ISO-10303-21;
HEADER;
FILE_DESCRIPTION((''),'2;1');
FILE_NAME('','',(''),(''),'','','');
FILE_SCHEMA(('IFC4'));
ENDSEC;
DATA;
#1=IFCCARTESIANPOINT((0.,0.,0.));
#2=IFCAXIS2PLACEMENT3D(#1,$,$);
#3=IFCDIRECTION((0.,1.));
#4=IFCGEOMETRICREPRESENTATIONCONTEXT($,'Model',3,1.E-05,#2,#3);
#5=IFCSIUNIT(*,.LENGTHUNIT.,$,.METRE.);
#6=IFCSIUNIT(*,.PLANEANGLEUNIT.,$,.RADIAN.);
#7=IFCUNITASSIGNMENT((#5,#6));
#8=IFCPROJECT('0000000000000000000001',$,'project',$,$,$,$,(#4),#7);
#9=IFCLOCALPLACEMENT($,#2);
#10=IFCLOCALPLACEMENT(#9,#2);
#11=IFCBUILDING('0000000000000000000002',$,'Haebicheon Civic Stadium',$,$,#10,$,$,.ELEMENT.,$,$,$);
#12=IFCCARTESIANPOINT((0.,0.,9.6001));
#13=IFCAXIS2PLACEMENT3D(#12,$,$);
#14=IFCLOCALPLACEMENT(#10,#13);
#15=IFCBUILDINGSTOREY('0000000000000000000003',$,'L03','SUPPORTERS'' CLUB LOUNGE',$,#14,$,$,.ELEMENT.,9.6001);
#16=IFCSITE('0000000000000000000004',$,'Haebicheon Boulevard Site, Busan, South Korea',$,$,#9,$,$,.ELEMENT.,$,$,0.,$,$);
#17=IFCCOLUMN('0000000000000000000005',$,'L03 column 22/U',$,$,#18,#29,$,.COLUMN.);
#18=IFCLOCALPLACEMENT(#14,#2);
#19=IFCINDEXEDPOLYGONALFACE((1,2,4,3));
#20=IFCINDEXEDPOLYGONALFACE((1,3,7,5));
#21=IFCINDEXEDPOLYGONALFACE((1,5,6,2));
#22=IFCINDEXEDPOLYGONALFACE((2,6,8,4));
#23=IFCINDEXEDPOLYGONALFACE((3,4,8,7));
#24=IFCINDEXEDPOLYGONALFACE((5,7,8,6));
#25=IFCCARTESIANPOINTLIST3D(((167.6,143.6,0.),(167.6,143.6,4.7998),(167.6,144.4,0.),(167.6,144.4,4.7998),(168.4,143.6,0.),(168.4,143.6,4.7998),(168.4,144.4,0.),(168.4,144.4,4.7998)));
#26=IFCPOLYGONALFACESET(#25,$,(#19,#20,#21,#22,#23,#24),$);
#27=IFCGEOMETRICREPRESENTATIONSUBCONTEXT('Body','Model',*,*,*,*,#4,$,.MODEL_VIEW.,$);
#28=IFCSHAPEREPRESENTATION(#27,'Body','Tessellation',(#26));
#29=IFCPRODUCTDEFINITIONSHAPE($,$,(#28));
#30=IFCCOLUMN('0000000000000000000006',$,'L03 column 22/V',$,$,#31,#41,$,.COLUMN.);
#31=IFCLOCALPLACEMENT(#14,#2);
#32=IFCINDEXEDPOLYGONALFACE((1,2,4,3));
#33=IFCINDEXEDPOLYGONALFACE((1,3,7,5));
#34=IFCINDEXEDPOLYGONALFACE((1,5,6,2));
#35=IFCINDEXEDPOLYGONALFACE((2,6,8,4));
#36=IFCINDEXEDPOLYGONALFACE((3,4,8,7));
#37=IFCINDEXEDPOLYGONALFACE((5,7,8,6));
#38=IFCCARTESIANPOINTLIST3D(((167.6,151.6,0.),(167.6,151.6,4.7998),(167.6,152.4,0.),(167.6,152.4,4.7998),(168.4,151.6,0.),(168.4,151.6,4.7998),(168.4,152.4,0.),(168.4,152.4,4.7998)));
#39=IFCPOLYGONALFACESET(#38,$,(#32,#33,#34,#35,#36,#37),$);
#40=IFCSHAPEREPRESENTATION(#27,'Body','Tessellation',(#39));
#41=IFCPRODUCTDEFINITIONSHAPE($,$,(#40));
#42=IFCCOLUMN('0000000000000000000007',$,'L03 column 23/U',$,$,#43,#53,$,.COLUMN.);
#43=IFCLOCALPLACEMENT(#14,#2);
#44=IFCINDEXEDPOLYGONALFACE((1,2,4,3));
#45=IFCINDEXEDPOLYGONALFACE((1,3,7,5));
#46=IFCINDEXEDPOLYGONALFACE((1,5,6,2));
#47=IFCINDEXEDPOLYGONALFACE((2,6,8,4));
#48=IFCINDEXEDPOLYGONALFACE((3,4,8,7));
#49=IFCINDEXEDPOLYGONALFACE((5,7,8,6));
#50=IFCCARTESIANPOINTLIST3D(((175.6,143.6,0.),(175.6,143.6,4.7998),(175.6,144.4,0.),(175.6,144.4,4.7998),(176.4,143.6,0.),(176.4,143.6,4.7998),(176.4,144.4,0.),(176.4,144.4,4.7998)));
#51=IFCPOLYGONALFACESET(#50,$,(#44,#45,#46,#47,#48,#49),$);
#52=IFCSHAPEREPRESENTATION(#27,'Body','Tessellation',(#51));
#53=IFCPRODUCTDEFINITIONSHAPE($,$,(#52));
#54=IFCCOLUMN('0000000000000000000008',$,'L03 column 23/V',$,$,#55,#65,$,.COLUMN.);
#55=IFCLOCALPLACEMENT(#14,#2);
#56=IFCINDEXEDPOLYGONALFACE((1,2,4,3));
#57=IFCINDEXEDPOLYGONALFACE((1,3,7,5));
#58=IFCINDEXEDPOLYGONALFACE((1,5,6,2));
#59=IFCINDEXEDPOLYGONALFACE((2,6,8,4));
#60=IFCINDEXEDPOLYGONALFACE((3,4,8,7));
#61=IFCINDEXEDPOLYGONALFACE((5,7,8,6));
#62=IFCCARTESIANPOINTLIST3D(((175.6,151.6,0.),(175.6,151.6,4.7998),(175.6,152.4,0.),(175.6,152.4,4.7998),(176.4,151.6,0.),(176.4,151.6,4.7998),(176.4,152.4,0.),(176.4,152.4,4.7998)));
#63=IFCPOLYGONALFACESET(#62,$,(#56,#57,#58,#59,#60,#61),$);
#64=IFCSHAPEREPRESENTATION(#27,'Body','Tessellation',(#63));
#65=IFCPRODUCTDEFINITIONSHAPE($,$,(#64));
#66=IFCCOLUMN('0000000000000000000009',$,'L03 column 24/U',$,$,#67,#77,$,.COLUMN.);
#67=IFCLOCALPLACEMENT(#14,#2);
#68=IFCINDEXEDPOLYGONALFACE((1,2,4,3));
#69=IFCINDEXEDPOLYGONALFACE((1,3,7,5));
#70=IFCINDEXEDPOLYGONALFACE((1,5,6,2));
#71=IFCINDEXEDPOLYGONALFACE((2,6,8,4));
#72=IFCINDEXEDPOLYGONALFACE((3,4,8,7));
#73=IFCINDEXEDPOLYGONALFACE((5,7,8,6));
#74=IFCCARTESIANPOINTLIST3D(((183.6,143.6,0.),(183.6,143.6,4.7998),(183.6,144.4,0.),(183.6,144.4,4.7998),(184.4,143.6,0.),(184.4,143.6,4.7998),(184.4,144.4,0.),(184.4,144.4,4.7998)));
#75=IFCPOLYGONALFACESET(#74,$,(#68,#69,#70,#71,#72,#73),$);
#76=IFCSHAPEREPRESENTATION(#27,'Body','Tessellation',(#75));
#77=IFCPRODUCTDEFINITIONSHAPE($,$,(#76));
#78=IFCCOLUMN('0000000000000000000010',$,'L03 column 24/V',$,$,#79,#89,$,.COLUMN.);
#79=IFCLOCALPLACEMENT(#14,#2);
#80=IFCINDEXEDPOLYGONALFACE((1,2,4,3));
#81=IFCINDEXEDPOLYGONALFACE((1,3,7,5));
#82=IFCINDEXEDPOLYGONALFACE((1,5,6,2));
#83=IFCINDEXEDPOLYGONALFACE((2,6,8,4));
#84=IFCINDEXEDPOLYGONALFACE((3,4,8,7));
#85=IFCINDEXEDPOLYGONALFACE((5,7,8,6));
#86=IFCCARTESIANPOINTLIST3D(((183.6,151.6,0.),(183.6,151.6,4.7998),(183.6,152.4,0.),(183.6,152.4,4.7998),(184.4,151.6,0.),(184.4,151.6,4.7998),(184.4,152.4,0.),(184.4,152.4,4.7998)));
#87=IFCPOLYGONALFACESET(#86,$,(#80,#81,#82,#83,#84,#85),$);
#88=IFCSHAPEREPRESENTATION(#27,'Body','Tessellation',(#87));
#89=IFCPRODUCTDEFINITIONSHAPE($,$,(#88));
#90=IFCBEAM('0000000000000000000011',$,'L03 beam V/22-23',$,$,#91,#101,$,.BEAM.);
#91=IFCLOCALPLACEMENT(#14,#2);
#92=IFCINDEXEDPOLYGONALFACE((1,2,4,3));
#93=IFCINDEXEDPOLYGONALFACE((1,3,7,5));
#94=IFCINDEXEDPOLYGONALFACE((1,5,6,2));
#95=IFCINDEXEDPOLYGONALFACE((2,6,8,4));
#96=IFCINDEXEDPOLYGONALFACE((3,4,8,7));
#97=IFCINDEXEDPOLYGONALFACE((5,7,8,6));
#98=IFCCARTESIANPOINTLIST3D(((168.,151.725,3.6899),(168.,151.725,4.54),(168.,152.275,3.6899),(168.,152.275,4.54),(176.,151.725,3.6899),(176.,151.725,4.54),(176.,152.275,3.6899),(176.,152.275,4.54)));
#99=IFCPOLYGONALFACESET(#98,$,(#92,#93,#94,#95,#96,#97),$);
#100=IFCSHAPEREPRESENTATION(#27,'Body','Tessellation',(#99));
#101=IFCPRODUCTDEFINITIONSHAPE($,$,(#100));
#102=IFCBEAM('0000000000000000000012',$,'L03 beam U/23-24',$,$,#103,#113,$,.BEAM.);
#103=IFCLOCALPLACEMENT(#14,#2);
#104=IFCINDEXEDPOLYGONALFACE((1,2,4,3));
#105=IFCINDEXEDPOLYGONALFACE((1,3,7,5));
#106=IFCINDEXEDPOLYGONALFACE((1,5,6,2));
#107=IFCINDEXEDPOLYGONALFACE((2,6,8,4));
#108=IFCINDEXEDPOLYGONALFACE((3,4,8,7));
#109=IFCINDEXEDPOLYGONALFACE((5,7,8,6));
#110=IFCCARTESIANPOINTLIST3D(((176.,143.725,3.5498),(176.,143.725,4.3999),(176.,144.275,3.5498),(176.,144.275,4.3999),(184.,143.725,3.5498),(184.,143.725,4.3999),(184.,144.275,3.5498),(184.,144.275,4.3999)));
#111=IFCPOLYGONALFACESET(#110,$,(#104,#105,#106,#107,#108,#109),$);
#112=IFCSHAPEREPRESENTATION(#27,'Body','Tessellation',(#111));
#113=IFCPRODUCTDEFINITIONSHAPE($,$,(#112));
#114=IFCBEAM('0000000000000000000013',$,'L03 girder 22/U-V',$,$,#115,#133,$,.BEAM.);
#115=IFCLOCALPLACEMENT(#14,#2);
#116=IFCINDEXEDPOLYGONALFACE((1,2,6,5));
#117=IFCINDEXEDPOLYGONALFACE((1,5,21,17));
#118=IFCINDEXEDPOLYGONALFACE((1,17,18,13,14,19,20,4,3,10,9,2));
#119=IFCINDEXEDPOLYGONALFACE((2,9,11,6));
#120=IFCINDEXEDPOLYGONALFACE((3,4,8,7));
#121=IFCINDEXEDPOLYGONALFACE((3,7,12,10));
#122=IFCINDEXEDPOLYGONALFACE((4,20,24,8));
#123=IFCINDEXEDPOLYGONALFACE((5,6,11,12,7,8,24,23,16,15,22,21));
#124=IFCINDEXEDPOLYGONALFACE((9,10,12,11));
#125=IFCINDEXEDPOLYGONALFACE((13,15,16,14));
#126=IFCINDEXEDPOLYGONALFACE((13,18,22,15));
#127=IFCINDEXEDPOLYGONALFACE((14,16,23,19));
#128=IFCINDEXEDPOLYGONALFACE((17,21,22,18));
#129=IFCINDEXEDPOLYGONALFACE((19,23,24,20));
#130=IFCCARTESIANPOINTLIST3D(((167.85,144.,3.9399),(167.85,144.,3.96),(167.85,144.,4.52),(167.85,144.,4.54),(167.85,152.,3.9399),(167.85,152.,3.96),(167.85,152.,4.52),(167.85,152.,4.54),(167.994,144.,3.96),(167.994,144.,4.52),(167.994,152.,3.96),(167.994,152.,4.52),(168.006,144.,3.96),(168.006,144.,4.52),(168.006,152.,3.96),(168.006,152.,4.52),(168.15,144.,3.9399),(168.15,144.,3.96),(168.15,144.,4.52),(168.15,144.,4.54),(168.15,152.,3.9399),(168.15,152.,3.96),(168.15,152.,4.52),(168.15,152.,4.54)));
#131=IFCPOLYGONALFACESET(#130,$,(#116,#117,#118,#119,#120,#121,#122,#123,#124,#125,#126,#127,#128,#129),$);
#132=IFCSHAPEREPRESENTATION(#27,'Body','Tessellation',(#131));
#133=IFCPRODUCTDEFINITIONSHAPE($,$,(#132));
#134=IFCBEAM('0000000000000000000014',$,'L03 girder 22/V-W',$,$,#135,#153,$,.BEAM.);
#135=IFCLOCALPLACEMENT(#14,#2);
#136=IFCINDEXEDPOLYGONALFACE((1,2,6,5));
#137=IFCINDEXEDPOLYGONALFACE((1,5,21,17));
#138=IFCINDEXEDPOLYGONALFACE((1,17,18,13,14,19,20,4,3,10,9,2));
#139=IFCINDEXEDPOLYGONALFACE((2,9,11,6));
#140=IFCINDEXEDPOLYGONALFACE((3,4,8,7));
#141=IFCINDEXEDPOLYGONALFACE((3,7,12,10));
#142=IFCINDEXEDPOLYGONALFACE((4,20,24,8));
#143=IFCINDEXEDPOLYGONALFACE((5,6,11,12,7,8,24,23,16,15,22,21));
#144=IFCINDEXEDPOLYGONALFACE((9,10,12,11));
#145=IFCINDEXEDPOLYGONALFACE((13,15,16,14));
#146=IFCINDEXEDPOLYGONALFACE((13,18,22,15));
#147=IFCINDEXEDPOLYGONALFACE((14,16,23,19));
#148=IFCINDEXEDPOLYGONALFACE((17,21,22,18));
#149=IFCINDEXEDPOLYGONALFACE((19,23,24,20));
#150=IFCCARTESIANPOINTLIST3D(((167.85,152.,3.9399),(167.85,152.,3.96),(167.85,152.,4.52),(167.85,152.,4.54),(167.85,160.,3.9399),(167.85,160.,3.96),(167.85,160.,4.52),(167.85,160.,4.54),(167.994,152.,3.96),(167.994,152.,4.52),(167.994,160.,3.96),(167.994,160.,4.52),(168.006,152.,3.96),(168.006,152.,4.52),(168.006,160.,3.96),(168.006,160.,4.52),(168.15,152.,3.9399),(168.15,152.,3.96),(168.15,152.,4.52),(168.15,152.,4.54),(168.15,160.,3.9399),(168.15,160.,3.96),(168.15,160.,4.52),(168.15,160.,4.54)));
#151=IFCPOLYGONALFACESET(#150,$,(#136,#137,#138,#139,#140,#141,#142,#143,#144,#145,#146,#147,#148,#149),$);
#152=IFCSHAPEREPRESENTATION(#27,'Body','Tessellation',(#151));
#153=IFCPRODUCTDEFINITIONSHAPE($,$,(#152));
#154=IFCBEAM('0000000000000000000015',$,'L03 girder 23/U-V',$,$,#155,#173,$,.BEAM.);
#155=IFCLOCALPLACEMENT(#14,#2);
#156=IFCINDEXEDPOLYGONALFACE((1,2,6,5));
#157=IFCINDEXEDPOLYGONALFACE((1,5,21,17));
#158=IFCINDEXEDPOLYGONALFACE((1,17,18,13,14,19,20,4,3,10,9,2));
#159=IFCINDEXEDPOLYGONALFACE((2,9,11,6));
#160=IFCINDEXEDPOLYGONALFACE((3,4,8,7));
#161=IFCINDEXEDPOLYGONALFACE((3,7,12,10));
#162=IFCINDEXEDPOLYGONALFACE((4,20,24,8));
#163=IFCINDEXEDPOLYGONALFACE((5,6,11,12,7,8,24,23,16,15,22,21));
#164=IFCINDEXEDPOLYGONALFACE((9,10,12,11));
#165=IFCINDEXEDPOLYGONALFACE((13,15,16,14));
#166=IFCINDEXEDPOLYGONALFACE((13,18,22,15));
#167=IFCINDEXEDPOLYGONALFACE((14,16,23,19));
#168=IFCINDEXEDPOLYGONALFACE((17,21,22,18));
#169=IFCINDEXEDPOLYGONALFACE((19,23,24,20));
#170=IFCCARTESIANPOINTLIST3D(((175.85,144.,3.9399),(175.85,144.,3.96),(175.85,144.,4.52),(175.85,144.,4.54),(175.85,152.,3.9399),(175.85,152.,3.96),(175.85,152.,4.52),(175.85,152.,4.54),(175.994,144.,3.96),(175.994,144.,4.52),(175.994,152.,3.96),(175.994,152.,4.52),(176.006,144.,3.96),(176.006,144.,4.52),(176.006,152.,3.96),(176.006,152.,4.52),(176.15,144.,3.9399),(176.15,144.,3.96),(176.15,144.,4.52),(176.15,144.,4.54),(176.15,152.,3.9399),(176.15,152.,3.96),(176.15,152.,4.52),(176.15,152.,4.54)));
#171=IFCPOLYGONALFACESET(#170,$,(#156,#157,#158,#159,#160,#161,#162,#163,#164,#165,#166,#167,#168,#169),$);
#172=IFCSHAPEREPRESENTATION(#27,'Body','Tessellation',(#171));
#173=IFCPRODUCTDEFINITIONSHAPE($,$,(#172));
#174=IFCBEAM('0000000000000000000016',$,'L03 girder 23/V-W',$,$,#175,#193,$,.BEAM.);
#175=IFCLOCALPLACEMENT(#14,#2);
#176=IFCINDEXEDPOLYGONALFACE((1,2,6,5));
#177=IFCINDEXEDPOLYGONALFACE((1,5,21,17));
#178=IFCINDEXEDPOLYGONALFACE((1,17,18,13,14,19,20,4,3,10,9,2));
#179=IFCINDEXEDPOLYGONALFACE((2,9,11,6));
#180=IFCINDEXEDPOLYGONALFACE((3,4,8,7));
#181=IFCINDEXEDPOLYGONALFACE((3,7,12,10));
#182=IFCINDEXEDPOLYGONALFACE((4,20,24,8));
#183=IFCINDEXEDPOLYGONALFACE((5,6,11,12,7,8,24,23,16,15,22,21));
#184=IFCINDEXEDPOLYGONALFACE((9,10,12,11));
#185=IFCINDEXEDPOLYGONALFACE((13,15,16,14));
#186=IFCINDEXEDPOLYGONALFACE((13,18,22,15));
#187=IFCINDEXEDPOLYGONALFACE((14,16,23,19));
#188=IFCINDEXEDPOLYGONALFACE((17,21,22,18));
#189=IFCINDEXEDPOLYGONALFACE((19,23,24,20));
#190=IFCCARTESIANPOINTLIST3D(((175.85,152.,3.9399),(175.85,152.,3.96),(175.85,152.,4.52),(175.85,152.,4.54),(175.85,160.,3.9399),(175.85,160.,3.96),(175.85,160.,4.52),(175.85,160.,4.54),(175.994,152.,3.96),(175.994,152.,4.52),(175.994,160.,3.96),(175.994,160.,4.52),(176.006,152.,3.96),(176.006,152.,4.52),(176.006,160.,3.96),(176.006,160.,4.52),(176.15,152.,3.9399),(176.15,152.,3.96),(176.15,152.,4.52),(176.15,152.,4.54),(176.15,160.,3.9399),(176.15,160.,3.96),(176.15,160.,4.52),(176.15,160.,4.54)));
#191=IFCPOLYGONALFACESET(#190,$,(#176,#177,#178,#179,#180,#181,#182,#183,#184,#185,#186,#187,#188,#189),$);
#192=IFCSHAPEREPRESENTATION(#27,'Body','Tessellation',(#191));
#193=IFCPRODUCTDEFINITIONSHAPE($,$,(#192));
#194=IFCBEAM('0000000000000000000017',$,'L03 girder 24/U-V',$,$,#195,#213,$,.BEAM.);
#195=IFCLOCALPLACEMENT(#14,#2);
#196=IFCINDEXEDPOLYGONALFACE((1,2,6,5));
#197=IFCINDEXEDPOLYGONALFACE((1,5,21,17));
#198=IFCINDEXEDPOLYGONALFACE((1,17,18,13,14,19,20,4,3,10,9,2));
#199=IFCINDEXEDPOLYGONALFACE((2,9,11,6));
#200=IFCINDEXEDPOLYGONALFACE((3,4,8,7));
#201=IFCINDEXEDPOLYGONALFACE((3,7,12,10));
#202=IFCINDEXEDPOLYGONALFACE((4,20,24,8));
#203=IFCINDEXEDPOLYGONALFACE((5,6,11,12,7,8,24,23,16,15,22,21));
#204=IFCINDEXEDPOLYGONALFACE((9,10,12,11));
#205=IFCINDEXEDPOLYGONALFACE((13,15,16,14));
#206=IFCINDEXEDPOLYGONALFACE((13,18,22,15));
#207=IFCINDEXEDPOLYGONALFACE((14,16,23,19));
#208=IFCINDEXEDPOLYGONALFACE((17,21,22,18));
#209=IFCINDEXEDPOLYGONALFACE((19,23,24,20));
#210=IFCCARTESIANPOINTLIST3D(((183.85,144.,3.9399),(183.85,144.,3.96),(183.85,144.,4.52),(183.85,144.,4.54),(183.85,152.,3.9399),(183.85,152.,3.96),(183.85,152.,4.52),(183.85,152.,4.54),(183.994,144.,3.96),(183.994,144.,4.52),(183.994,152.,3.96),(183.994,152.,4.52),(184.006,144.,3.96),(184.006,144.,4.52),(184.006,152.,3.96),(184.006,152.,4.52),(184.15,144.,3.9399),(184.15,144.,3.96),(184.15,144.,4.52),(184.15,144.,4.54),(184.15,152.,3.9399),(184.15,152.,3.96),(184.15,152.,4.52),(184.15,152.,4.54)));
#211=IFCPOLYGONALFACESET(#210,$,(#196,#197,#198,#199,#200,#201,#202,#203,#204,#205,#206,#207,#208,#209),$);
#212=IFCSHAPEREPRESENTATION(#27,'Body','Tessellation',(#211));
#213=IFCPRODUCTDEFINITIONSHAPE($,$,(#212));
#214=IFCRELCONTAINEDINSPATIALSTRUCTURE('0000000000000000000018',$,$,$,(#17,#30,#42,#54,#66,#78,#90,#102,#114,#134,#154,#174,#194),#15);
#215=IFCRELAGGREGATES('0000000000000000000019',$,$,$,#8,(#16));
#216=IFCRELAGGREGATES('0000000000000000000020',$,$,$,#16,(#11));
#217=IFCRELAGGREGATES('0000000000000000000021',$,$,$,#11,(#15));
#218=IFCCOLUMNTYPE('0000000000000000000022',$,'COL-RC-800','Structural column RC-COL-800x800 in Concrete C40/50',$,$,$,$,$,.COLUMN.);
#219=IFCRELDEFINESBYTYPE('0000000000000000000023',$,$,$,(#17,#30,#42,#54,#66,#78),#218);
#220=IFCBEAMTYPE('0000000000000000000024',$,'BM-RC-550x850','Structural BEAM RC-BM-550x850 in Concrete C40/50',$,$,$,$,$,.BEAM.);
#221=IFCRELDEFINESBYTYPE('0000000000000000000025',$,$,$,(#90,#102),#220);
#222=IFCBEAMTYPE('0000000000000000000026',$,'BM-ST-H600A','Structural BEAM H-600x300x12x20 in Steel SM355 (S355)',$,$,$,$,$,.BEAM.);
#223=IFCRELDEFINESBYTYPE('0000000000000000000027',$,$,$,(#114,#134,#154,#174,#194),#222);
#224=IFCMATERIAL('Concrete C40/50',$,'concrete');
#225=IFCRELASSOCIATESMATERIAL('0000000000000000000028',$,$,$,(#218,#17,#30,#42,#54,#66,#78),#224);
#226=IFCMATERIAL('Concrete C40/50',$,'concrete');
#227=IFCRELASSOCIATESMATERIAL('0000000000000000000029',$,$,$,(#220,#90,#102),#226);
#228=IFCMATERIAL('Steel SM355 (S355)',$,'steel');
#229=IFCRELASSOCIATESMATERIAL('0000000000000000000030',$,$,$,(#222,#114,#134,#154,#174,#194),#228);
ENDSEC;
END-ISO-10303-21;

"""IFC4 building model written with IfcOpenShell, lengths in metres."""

from ifc_helpers import new_model, si_unit, direction, frame, origin, origin_2d, place, context, subcontext, project, spatial, rectangle, i_section, extrude, material, material_profile, profile_set, type_object, element, save


model = new_model("IFC4")

# Units and contexts
model_context = context("Model", 3, precision=1e-05, world=origin(), true_north=direction((0.0, 1.0)))
body_context = subcontext(model_context, "Body", "Model", "MODEL_VIEW")
ifc_project = project(units=[si_unit("LENGTHUNIT", "METRE"), si_unit("PLANEANGLEUNIT", "RADIAN")], contexts=[model_context])

# Site, building, storey
site_placement = place(None, origin())
site = spatial("IfcSite", under=ifc_project, at=site_placement, Name="Haebicheon Boulevard Site, Busan, South Korea", CompositionType="ELEMENT", RefElevation=0.0)
building_placement = place(site_placement, origin())
building = spatial("IfcBuilding", under=site, at=building_placement, Name="Haebicheon Civic Stadium", CompositionType="ELEMENT")
storey_placement = place(building_placement, frame((0.0, 0.0, 9.6001)))
storey = spatial("IfcBuildingStorey", under=building, at=storey_placement, Name="L03", Description="SUPPORTERS' CLUB LOUNGE", CompositionType="ELEMENT", Elevation=9.6001)

# Columns
ifc_material_1 = material(Name="Concrete C40/50", Category="concrete")
ifc_material_profile_1 = material_profile(ifc_material_1, rectangle(XDim=0.8, YDim=0.8, at=origin_2d()), Name="RC-COL-800x800")
ifc_profile_set_1 = profile_set([ifc_material_profile_1], Name="Concrete C40/50")
column_type = type_object("IfcColumnType", Name="COL-RC-800", Description="Structural column RC-COL-800x800 in Concrete C40/50", PredefinedType="COLUMN", material=ifc_profile_set_1)
for number, where, z_axis, x_axis, name in (
    (1, (168.0, 144.0, 0.0), (0.0, 0.0, 1.0), (1.0, 0.0, 0.0), "L03 column 22/U"),
    (2, (168.0, 152.0, 0.0), (0.0, 0.0, 1.0), (1.0, 0.0, 0.0), "L03 column 22/V"),
    (3, (176.0, 144.0, 0.0), (0.0, 0.0, 1.0), (1.0, 0.0, 0.0), "L03 column 23/U"),
    (4, (176.0, 152.0, 0.0), (0.0, 0.0, 1.0), (1.0, 0.0, 0.0), "L03 column 23/V"),
    (5, (184.0, 144.0, 0.0), (0.0, 0.0, 1.0), (1.0, 0.0, 0.0), "L03 column 24/U"),
    (6, (184.0, 152.0, 0.0), (0.0, 0.0, 1.0), (1.0, 0.0, 0.0), "L03 column 24/V"),
):
    element("IfcColumn", number, at=place(storey_placement, frame(where, z_axis=z_axis, x_axis=x_axis)), inside=storey, type_object=column_type, material=ifc_profile_set_1, Name=name, PredefinedType="COLUMN", context=body_context, shape_type="SweptSolid", body=[
        extrude(rectangle(XDim=0.8, YDim=0.8, at=origin_2d()), origin(), (0.0, 0.0, 1.0), 4.7998),
    ])

# Beams
ifc_material_2 = material(Name="Concrete C40/50", Category="concrete")
ifc_material_profile_2 = material_profile(ifc_material_2, rectangle(XDim=0.55, YDim=0.8501, at=origin_2d()), Name="RC-BM-550x850")
ifc_profile_set_2 = profile_set([ifc_material_profile_2], Name="Concrete C40/50")
beam_type_1 = type_object("IfcBeamType", Name="BM-RC-550x850", Description="Structural BEAM RC-BM-550x850 in Concrete C40/50", PredefinedType="BEAM", material=ifc_profile_set_2)
for number, where, z_axis, x_axis, name in (
    (7, (168.0, 152.0, 4.115), (1.0, 0.0, 0.0), (0.0, 1.0, 0.0), "L03 beam V/22-23"),
    (8, (176.0, 144.0, 3.9749), (1.0, 0.0, 0.0), (0.0, 1.0, 0.0), "L03 beam U/23-24"),
):
    element("IfcBeam", number, at=place(storey_placement, frame(where, z_axis=z_axis, x_axis=x_axis)), inside=storey, type_object=beam_type_1, material=ifc_profile_set_2, Name=name, PredefinedType="BEAM", context=body_context, shape_type="SweptSolid", body=[
        extrude(rectangle(XDim=0.55, YDim=0.8501, at=origin_2d()), origin(), (0.0, 0.0, 1.0), 8.0),
    ])
ifc_material_3 = material(Name="Steel SM355 (S355)", Category="steel")
ifc_material_profile_3 = material_profile(ifc_material_3, i_section(OverallWidth=0.3, OverallDepth=0.6001, WebThickness=0.012, FlangeThickness=0.02, at=origin_2d()), Name="H-600x300x12x20")
ifc_profile_set_3 = profile_set([ifc_material_profile_3], Name="Steel SM355 (S355)")
beam_type_2 = type_object("IfcBeamType", Name="BM-ST-H600A", Description="Structural BEAM H-600x300x12x20 in Steel SM355 (S355)", PredefinedType="BEAM", material=ifc_profile_set_3)
for number, where, z_axis, x_axis, name in (
    (9, (168.0, 144.0, 4.24), (0.0, 1.0, 0.0), (-1.0, 0.0, 0.0), "L03 girder 22/U-V"),
    (10, (168.0, 152.0, 4.24), (0.0, 1.0, 0.0), (-1.0, 0.0, 0.0), "L03 girder 22/V-W"),
    (11, (176.0, 144.0, 4.24), (0.0, 1.0, 0.0), (-1.0, 0.0, 0.0), "L03 girder 23/U-V"),
    (12, (176.0, 152.0, 4.24), (0.0, 1.0, 0.0), (-1.0, 0.0, 0.0), "L03 girder 23/V-W"),
    (13, (184.0, 144.0, 4.24), (0.0, 1.0, 0.0), (-1.0, 0.0, 0.0), "L03 girder 24/U-V"),
):
    element("IfcBeam", number, at=place(storey_placement, frame(where, z_axis=z_axis, x_axis=x_axis)), inside=storey, type_object=beam_type_2, material=ifc_profile_set_3, Name=name, PredefinedType="BEAM", context=body_context, shape_type="SweptSolid", body=[
        extrude(i_section(OverallWidth=0.3, OverallDepth=0.6001, WebThickness=0.012, FlangeThickness=0.02, at=origin_2d()), origin(), (0.0, 0.0, 1.0), 8.0),
    ])

save(model, "model.ifc")
